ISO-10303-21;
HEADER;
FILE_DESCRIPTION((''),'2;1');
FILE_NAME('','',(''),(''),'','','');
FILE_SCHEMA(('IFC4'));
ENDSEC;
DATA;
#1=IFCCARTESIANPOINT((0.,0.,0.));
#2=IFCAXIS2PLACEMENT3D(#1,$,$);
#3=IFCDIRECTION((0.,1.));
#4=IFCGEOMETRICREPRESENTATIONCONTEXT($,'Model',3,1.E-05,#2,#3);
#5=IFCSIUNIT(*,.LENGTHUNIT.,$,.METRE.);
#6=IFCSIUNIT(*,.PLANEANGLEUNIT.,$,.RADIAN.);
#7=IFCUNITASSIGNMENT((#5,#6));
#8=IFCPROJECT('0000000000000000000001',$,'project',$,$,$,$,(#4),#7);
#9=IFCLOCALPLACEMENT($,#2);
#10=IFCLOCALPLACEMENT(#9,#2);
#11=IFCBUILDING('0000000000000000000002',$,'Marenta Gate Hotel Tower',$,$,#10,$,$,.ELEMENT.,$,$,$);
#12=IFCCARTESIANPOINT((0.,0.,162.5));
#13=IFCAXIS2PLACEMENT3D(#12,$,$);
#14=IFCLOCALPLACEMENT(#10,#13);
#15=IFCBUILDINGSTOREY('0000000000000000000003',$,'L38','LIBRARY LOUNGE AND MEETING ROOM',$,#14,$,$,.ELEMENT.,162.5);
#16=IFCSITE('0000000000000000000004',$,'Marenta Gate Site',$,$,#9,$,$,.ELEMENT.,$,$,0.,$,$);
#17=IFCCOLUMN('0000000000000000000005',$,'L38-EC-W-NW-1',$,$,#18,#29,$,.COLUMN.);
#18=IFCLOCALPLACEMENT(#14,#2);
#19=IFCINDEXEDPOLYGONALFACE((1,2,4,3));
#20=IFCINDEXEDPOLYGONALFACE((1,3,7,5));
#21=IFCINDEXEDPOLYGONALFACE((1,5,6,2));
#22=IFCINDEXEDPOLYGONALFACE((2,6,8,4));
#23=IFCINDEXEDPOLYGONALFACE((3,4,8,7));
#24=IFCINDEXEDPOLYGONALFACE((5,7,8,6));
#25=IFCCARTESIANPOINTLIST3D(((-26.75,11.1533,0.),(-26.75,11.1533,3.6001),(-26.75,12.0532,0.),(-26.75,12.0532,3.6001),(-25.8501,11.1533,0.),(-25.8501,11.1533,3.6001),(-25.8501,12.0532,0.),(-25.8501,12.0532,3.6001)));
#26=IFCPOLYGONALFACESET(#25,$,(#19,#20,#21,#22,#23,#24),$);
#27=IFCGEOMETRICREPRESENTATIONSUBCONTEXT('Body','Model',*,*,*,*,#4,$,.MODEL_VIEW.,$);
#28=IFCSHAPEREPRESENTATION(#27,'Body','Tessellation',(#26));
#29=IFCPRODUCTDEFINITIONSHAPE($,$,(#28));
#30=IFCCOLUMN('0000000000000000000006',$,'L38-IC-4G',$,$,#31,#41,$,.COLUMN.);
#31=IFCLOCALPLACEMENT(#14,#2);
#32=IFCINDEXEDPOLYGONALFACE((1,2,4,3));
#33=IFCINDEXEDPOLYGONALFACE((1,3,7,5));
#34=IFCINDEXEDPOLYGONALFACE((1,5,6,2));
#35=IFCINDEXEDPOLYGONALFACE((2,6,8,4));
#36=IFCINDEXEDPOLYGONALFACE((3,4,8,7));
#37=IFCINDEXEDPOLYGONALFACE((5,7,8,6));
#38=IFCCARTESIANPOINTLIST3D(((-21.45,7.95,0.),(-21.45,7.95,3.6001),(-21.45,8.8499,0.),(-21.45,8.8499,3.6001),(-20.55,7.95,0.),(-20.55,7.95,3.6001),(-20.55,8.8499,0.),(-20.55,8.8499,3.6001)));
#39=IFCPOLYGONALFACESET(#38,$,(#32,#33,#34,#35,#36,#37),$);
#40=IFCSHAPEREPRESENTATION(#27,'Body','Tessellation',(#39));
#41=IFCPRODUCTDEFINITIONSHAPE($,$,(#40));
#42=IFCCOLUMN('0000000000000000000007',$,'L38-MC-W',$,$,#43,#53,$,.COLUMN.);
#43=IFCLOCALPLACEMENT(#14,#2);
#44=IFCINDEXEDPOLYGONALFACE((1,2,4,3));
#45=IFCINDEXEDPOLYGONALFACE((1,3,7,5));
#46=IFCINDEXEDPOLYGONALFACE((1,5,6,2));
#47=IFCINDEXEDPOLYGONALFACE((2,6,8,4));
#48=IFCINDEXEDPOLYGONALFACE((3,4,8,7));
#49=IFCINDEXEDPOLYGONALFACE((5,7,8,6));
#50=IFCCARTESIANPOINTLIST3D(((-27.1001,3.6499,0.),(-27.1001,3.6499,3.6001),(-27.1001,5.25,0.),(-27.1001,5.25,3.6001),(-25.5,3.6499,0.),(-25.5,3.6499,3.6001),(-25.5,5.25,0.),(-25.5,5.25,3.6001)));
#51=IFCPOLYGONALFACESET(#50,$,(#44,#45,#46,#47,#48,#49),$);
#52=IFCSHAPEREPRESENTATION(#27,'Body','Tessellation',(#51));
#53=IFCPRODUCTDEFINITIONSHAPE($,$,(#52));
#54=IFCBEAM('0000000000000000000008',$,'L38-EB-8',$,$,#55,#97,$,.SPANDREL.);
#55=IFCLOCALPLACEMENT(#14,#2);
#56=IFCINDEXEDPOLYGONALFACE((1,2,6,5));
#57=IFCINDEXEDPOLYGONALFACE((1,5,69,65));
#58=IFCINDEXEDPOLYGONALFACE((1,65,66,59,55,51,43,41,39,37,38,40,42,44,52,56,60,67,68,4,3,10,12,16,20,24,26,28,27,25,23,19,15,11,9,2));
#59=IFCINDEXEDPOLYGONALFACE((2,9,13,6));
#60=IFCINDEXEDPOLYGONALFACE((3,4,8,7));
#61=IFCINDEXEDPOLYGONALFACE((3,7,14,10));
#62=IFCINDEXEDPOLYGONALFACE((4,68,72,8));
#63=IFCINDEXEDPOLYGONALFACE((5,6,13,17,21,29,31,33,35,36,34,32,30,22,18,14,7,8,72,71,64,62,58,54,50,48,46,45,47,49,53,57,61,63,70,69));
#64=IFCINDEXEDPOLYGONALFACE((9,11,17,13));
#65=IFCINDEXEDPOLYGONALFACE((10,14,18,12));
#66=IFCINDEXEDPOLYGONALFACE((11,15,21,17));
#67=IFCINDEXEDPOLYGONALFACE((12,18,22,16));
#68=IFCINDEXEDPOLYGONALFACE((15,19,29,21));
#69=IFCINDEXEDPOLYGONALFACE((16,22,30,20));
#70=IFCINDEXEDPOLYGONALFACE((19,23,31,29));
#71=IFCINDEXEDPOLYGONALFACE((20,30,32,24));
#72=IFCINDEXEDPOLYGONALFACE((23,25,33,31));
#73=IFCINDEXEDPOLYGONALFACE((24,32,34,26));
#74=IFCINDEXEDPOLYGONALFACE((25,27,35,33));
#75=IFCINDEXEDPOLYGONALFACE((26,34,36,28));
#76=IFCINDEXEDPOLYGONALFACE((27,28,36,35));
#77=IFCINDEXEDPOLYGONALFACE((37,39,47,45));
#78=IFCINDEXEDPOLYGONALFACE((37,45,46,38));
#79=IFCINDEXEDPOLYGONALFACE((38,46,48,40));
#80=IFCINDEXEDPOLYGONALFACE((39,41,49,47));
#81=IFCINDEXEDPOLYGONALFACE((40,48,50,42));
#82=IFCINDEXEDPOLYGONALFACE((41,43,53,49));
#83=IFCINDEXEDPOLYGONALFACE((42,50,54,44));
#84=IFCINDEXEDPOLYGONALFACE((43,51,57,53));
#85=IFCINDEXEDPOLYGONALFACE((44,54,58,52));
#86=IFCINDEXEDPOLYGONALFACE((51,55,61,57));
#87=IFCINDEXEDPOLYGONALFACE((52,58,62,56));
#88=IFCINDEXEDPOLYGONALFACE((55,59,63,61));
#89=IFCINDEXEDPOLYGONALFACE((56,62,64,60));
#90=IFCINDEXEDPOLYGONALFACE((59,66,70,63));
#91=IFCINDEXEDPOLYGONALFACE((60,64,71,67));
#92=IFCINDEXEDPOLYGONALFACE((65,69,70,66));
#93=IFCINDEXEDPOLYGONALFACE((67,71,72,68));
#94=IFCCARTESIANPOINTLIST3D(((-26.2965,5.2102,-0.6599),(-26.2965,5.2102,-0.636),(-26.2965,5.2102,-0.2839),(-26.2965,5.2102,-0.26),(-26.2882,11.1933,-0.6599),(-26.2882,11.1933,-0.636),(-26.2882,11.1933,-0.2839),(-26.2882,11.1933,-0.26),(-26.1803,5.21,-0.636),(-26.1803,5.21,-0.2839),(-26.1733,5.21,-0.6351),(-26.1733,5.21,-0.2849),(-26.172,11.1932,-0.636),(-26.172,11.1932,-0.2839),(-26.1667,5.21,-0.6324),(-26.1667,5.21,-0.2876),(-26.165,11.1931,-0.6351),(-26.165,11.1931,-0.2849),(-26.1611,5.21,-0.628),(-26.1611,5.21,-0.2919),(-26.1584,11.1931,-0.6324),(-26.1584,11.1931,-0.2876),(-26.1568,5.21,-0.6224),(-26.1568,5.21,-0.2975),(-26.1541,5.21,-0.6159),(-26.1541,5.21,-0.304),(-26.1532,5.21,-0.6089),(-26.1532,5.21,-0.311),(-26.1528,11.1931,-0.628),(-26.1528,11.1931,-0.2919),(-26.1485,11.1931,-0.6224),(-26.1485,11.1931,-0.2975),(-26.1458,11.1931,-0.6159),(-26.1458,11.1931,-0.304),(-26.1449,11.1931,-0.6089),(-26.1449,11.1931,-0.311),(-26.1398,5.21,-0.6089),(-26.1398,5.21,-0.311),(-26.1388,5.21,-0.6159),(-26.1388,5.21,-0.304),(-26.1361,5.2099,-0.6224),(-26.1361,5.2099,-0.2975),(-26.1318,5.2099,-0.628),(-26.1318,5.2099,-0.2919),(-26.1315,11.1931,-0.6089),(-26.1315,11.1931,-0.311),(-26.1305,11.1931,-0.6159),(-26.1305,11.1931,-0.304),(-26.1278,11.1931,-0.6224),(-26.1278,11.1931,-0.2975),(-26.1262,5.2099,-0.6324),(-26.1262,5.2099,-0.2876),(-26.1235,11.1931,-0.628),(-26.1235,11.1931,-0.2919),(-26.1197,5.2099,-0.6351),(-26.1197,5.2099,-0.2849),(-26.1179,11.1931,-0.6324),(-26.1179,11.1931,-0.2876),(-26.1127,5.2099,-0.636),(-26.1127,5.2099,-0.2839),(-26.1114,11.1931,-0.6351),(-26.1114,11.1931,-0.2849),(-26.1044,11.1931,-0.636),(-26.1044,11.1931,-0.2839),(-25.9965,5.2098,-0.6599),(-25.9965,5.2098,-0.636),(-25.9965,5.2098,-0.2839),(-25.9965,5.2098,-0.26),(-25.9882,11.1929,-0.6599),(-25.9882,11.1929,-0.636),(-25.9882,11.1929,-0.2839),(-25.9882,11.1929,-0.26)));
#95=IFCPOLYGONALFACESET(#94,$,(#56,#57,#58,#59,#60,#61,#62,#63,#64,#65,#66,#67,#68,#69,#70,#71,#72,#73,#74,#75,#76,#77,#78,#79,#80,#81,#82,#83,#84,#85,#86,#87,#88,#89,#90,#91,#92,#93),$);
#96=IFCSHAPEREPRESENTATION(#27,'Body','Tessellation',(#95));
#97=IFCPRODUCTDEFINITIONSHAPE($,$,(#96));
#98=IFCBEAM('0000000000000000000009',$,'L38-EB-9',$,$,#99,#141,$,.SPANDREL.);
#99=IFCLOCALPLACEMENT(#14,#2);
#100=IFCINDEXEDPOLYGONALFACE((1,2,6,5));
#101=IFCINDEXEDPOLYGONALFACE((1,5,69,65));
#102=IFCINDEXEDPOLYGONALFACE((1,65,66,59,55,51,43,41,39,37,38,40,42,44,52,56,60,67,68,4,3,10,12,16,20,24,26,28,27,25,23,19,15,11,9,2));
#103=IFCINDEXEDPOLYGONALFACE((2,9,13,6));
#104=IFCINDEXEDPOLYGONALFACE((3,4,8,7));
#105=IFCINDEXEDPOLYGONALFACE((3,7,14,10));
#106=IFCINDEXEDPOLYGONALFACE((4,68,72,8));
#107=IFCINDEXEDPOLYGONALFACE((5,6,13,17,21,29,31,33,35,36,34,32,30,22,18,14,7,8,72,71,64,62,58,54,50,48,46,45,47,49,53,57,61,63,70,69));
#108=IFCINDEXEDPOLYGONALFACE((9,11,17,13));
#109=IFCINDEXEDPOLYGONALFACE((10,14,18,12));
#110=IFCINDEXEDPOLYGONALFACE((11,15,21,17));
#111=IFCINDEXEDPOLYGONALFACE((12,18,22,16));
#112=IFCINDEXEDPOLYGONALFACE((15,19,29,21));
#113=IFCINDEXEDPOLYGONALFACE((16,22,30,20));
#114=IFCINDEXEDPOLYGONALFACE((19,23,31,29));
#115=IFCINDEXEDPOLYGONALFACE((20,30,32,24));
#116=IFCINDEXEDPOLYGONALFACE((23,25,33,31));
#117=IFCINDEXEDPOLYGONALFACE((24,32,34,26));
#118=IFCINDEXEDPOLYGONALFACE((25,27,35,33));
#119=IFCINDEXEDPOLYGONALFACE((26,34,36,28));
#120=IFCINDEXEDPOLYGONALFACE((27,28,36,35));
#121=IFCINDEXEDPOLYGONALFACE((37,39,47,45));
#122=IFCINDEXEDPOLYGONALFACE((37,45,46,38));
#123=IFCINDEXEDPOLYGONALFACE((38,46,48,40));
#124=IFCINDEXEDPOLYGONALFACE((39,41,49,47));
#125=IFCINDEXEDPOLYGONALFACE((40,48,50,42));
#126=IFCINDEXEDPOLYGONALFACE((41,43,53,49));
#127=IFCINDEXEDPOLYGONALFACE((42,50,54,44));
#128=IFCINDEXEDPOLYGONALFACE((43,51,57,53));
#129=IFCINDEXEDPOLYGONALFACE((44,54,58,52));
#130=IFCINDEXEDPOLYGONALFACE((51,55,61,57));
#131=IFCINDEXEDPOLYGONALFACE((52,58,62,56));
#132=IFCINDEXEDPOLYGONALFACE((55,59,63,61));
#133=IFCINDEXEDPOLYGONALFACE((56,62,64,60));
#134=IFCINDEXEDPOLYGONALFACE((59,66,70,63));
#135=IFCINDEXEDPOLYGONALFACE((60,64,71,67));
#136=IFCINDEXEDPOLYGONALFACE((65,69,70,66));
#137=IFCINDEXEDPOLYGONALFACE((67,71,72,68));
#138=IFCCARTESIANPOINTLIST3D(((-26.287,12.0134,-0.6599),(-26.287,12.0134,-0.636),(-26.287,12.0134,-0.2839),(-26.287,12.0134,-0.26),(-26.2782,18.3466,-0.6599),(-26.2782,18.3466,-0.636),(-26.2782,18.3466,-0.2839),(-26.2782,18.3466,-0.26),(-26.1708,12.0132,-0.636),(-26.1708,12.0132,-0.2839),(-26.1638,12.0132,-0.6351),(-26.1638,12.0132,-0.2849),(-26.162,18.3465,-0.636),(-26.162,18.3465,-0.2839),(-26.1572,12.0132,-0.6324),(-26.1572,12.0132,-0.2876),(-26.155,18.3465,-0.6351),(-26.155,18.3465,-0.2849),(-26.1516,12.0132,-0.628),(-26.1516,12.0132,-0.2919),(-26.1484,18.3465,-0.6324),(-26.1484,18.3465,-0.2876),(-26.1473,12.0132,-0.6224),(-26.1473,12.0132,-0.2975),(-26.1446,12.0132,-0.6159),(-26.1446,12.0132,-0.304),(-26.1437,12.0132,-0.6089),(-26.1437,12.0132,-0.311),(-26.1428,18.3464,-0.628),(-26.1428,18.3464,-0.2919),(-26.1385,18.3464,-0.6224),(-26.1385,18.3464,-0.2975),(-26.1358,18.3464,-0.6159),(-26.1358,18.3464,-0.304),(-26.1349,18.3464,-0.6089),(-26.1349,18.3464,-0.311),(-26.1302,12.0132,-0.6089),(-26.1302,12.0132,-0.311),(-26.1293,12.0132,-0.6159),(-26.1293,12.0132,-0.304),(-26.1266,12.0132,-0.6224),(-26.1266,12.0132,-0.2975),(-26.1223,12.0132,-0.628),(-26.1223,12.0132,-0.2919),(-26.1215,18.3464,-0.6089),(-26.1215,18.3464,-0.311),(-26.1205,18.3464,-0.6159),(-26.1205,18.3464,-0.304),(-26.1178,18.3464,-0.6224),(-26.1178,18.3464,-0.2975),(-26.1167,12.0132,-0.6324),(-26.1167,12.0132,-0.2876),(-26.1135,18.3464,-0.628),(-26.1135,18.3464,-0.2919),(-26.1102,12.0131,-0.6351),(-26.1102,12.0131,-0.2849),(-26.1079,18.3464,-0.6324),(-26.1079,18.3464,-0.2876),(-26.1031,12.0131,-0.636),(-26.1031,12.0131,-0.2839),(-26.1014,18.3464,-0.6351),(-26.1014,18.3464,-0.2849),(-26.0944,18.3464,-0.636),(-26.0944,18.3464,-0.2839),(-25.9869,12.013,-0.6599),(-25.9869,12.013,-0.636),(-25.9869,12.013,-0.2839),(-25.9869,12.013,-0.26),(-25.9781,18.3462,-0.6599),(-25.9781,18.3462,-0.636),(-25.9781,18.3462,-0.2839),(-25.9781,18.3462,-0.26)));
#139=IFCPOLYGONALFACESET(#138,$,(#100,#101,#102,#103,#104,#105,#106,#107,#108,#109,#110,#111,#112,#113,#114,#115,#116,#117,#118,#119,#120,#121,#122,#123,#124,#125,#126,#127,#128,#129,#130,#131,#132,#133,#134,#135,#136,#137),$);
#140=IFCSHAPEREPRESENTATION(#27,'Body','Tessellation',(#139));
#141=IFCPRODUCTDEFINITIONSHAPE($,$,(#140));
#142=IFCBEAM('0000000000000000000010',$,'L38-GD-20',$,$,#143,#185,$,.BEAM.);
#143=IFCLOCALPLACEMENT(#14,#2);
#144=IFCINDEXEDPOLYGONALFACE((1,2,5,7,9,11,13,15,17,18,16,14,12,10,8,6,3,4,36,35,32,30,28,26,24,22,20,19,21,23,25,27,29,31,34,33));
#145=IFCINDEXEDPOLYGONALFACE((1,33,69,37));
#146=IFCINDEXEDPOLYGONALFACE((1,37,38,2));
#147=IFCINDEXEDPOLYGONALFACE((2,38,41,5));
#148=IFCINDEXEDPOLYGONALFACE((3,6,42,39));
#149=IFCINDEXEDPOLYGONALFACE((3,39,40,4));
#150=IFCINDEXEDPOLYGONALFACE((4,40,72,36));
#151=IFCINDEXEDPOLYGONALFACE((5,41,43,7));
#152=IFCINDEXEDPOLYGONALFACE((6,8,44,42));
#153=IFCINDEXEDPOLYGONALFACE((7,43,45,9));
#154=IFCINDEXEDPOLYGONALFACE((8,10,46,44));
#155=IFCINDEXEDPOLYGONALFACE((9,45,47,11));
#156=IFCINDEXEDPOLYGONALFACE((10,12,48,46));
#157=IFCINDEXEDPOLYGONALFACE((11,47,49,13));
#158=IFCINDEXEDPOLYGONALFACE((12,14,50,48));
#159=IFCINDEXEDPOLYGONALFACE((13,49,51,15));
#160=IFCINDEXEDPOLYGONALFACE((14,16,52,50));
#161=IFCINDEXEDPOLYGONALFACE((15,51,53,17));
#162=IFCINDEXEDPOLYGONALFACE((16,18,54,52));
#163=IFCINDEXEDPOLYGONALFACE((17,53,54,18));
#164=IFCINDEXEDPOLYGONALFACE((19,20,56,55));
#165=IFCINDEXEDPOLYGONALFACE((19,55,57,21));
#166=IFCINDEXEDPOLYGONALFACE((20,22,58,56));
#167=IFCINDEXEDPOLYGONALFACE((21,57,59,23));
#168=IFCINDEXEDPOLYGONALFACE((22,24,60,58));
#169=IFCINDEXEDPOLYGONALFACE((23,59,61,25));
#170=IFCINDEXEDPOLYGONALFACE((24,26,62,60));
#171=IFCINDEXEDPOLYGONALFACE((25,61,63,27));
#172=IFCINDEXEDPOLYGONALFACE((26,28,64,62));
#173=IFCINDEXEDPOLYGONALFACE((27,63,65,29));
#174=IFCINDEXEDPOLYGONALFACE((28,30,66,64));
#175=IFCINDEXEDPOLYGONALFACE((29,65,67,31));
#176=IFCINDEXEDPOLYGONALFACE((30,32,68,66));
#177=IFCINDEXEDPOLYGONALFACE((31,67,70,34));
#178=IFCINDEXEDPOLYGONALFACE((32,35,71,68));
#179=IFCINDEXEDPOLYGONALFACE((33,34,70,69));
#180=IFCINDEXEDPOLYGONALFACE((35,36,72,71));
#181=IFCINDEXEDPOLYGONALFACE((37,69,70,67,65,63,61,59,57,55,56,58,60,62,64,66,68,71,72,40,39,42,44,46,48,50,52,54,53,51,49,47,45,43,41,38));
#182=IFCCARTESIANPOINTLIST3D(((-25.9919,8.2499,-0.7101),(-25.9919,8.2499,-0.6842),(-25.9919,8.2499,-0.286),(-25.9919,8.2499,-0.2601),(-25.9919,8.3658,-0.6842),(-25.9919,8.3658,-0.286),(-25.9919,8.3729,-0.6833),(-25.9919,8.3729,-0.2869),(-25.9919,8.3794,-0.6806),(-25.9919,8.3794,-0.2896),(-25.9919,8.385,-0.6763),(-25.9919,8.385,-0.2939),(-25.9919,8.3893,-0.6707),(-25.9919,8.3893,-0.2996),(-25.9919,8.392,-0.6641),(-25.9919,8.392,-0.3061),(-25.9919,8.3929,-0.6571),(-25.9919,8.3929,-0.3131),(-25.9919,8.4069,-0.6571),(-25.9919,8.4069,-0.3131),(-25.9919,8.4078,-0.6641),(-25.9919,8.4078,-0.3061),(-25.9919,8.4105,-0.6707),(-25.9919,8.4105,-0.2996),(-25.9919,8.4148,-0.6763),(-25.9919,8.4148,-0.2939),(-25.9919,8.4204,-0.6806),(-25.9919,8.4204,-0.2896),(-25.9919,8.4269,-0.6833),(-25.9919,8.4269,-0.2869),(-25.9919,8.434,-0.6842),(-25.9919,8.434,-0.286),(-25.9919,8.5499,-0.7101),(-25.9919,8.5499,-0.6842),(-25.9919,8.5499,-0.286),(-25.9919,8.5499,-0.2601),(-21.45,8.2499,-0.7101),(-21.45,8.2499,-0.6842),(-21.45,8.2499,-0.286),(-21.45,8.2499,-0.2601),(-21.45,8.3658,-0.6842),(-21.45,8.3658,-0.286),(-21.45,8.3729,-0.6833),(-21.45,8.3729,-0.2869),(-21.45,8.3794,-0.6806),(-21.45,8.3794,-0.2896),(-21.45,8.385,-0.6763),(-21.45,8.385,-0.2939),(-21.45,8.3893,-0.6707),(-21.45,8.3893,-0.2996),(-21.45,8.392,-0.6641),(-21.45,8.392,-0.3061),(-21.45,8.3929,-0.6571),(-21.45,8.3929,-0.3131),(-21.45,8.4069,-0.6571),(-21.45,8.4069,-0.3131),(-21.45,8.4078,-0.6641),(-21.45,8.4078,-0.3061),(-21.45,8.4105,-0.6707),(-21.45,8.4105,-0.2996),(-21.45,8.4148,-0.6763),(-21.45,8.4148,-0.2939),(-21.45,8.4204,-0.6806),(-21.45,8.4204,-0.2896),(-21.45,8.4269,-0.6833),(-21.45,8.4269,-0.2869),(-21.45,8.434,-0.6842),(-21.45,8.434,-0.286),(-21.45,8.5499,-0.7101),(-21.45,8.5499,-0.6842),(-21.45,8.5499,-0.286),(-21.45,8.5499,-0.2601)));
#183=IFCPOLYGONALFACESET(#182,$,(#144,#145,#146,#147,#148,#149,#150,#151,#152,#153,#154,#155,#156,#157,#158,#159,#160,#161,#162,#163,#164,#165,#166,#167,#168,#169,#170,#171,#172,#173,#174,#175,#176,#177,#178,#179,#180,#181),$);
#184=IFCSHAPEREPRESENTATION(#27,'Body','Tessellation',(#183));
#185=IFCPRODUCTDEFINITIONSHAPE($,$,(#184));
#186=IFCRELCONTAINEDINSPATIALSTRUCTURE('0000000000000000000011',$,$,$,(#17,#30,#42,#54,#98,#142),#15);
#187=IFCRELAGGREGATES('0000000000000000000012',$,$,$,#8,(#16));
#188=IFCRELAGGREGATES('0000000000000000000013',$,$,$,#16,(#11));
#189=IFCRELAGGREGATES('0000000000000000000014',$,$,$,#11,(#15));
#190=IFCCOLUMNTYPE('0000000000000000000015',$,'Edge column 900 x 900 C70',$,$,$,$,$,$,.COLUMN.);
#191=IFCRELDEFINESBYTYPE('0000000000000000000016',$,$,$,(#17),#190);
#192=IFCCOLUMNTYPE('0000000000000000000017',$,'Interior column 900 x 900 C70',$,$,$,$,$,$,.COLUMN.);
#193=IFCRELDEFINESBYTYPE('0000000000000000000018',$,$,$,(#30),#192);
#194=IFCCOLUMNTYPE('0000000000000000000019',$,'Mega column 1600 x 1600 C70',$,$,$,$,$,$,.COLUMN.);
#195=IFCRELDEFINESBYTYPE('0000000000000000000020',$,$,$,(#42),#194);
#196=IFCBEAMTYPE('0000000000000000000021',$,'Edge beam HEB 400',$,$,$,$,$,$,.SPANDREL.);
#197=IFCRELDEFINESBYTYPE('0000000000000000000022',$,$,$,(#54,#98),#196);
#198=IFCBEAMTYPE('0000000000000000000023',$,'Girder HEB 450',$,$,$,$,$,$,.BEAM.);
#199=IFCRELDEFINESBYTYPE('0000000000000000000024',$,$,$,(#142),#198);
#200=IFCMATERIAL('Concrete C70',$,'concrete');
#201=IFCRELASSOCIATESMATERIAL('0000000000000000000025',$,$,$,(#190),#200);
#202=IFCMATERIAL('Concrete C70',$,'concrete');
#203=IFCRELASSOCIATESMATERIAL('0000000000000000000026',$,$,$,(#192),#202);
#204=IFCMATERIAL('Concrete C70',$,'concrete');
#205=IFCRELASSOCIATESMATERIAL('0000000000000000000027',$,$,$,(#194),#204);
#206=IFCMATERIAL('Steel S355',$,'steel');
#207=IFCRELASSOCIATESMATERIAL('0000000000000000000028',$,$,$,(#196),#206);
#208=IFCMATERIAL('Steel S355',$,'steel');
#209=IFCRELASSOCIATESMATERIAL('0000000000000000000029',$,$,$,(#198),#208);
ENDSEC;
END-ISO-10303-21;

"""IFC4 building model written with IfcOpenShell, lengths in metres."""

from ifc_helpers import new_model, si_unit, direction, frame, origin, origin_2d, place, context, subcontext, project, spatial, rectangle, i_section, extrude, material, material_profile, profile_set, type_object, element, save


model = new_model("IFC4")

# Units and contexts
model_context = context("Model", 3, precision=1e-05, world=origin(), true_north=direction((0.0, 1.0)))
body_context = subcontext(model_context, "Body", "Model", "MODEL_VIEW")
ifc_project = project(units=[si_unit("LENGTHUNIT", "METRE"), si_unit("PLANEANGLEUNIT", "RADIAN")], contexts=[model_context])

# Site, building, storey
site_placement = place(None, origin())
site = spatial("IfcSite", under=ifc_project, at=site_placement, Name="Marenta Gate Site", CompositionType="ELEMENT", RefElevation=0.0)
building_placement = place(site_placement, origin())
building = spatial("IfcBuilding", under=site, at=building_placement, Name="Marenta Gate Hotel Tower", CompositionType="ELEMENT")
storey_placement = place(building_placement, frame((0.0, 0.0, 162.5)))
storey = spatial("IfcBuildingStorey", under=building, at=storey_placement, Name="L38", Description="LIBRARY LOUNGE AND MEETING ROOM", CompositionType="ELEMENT", Elevation=162.5)

# Columns
ifc_material_1 = material(Name="Concrete C70", Category="concrete")
ifc_material_profile_1 = material_profile(ifc_material_1, rectangle(XDim=0.8999, YDim=0.8999, at=origin_2d()), Name="900 x 900")
ifc_profile_set_1 = profile_set([ifc_material_profile_1], Name="Concrete C70")
column_type_1 = type_object("IfcColumnType", Name="Edge column 900 x 900 C70", PredefinedType="COLUMN", material=ifc_profile_set_1)
column_1_placement = place(storey_placement, frame((-26.3, 11.6033, 0.0), z_axis=(0.0, 0.0, 1.0), x_axis=(1.0, 0.0, 0.0)))
element("IfcColumn", 1, at=column_1_placement, inside=storey, type_object=column_type_1, Name="L38-EC-W-NW-1", PredefinedType="COLUMN", context=body_context, shape_type="SweptSolid", body=[
    extrude(rectangle(XDim=0.8999, YDim=0.8999, at=origin_2d()), origin(), (0.0, 0.0, 1.0), 3.6001),
])
ifc_material_2 = material(Name="Concrete C70", Category="concrete")
ifc_material_profile_2 = material_profile(ifc_material_2, rectangle(XDim=0.8999, YDim=0.8999, at=origin_2d()), Name="900 x 900")
ifc_profile_set_2 = profile_set([ifc_material_profile_2], Name="Concrete C70")
column_type_2 = type_object("IfcColumnType", Name="Interior column 900 x 900 C70", PredefinedType="COLUMN", material=ifc_profile_set_2)
column_2_placement = place(storey_placement, frame((-21.0, 8.3999, 0.0), z_axis=(0.0, 0.0, 1.0), x_axis=(1.0, 0.0, 0.0)))
element("IfcColumn", 2, at=column_2_placement, inside=storey, type_object=column_type_2, Name="L38-IC-4G", PredefinedType="COLUMN", context=body_context, shape_type="SweptSolid", body=[
    extrude(rectangle(XDim=0.8999, YDim=0.8999, at=origin_2d()), origin(), (0.0, 0.0, 1.0), 3.6001),
])
ifc_material_3 = material(Name="Concrete C70", Category="concrete")
ifc_material_profile_3 = material_profile(ifc_material_3, rectangle(XDim=1.6001, YDim=1.6001, at=origin_2d()), Name="1600 x 1600")
ifc_profile_set_3 = profile_set([ifc_material_profile_3], Name="Concrete C70")
column_type_3 = type_object("IfcColumnType", Name="Mega column 1600 x 1600 C70", PredefinedType="COLUMN", material=ifc_profile_set_3)
column_3_placement = place(storey_placement, frame((-26.3, 4.45, 0.0), z_axis=(0.0, 0.0, 1.0), x_axis=(1.0, 0.0, 0.0)))
element("IfcColumn", 3, at=column_3_placement, inside=storey, type_object=column_type_3, Name="L38-MC-W", PredefinedType="COLUMN", context=body_context, shape_type="SweptSolid", body=[
    extrude(rectangle(XDim=1.6001, YDim=1.6001, at=origin_2d()), origin(), (0.0, 0.0, 1.0), 3.6001),
])

# Beams
ifc_material_4 = material(Name="Steel S355", Category="steel")
ifc_material_profile_4 = material_profile(ifc_material_4, i_section(OverallWidth=0.3, OverallDepth=0.3999, WebThickness=0.0134, FlangeThickness=0.0239, FilletRadius=0.0271, at=origin_2d()), Name="HEB 400")
ifc_profile_set_4 = profile_set([ifc_material_profile_4], Name="Steel S355")
beam_type_1 = type_object("IfcBeamType", Name="Edge beam HEB 400", PredefinedType="SPANDREL", material=ifc_profile_set_4)
beam_1_placement = place(storey_placement, frame((-26.1465, 5.21, -0.46), z_axis=(0.001387, 0.999999, 0.0), x_axis=(-0.999999, 0.001387, 0.0)))
element("IfcBeam", 4, at=beam_1_placement, inside=storey, type_object=beam_type_1, Name="L38-EB-8", PredefinedType="SPANDREL", context=body_context, shape_type="SweptSolid", body=[
    extrude(i_section(OverallWidth=0.3, OverallDepth=0.3999, WebThickness=0.0134, FlangeThickness=0.0239, FilletRadius=0.0271, at=origin_2d()), origin(), (0.0, 0.0, 1.0), 5.9832),
])
beam_2_placement = place(storey_placement, frame((-26.137, 12.0132, -0.46), z_axis=(0.001388, 0.999999, 0.0), x_axis=(-0.999999, 0.001388, 0.0)))
element("IfcBeam", 5, at=beam_2_placement, inside=storey, type_object=beam_type_1, Name="L38-EB-9", PredefinedType="SPANDREL", context=body_context, shape_type="SweptSolid", body=[
    extrude(i_section(OverallWidth=0.3, OverallDepth=0.3999, WebThickness=0.0134, FlangeThickness=0.0239, FilletRadius=0.0271, at=origin_2d()), origin(), (0.0, 0.0, 1.0), 6.3333),
])
ifc_material_5 = material(Name="Steel S355", Category="steel")
ifc_material_profile_5 = material_profile(ifc_material_5, i_section(OverallWidth=0.3, OverallDepth=0.45, WebThickness=0.0139, FlangeThickness=0.0259, FilletRadius=0.0271, at=origin_2d()), Name="HEB 450")
ifc_profile_set_5 = profile_set([ifc_material_profile_5], Name="Steel S355")
beam_type_2 = type_object("IfcBeamType", Name="Girder HEB 450", PredefinedType="BEAM", material=ifc_profile_set_5)
beam_3_placement = place(storey_placement, frame((-25.9919, 8.3999, -0.4851), z_axis=(1.0, 0.0, 0.0), x_axis=(0.0, 1.0, 0.0)))
element("IfcBeam", 6, at=beam_3_placement, inside=storey, type_object=beam_type_2, Name="L38-GD-20", PredefinedType="BEAM", context=body_context, shape_type="SweptSolid", body=[
    extrude(i_section(OverallWidth=0.3, OverallDepth=0.45, WebThickness=0.0139, FlangeThickness=0.0259, FilletRadius=0.0271, at=origin_2d()), origin(), (0.0, 0.0, 1.0), 4.542),
])

save(model, "model.ifc")
